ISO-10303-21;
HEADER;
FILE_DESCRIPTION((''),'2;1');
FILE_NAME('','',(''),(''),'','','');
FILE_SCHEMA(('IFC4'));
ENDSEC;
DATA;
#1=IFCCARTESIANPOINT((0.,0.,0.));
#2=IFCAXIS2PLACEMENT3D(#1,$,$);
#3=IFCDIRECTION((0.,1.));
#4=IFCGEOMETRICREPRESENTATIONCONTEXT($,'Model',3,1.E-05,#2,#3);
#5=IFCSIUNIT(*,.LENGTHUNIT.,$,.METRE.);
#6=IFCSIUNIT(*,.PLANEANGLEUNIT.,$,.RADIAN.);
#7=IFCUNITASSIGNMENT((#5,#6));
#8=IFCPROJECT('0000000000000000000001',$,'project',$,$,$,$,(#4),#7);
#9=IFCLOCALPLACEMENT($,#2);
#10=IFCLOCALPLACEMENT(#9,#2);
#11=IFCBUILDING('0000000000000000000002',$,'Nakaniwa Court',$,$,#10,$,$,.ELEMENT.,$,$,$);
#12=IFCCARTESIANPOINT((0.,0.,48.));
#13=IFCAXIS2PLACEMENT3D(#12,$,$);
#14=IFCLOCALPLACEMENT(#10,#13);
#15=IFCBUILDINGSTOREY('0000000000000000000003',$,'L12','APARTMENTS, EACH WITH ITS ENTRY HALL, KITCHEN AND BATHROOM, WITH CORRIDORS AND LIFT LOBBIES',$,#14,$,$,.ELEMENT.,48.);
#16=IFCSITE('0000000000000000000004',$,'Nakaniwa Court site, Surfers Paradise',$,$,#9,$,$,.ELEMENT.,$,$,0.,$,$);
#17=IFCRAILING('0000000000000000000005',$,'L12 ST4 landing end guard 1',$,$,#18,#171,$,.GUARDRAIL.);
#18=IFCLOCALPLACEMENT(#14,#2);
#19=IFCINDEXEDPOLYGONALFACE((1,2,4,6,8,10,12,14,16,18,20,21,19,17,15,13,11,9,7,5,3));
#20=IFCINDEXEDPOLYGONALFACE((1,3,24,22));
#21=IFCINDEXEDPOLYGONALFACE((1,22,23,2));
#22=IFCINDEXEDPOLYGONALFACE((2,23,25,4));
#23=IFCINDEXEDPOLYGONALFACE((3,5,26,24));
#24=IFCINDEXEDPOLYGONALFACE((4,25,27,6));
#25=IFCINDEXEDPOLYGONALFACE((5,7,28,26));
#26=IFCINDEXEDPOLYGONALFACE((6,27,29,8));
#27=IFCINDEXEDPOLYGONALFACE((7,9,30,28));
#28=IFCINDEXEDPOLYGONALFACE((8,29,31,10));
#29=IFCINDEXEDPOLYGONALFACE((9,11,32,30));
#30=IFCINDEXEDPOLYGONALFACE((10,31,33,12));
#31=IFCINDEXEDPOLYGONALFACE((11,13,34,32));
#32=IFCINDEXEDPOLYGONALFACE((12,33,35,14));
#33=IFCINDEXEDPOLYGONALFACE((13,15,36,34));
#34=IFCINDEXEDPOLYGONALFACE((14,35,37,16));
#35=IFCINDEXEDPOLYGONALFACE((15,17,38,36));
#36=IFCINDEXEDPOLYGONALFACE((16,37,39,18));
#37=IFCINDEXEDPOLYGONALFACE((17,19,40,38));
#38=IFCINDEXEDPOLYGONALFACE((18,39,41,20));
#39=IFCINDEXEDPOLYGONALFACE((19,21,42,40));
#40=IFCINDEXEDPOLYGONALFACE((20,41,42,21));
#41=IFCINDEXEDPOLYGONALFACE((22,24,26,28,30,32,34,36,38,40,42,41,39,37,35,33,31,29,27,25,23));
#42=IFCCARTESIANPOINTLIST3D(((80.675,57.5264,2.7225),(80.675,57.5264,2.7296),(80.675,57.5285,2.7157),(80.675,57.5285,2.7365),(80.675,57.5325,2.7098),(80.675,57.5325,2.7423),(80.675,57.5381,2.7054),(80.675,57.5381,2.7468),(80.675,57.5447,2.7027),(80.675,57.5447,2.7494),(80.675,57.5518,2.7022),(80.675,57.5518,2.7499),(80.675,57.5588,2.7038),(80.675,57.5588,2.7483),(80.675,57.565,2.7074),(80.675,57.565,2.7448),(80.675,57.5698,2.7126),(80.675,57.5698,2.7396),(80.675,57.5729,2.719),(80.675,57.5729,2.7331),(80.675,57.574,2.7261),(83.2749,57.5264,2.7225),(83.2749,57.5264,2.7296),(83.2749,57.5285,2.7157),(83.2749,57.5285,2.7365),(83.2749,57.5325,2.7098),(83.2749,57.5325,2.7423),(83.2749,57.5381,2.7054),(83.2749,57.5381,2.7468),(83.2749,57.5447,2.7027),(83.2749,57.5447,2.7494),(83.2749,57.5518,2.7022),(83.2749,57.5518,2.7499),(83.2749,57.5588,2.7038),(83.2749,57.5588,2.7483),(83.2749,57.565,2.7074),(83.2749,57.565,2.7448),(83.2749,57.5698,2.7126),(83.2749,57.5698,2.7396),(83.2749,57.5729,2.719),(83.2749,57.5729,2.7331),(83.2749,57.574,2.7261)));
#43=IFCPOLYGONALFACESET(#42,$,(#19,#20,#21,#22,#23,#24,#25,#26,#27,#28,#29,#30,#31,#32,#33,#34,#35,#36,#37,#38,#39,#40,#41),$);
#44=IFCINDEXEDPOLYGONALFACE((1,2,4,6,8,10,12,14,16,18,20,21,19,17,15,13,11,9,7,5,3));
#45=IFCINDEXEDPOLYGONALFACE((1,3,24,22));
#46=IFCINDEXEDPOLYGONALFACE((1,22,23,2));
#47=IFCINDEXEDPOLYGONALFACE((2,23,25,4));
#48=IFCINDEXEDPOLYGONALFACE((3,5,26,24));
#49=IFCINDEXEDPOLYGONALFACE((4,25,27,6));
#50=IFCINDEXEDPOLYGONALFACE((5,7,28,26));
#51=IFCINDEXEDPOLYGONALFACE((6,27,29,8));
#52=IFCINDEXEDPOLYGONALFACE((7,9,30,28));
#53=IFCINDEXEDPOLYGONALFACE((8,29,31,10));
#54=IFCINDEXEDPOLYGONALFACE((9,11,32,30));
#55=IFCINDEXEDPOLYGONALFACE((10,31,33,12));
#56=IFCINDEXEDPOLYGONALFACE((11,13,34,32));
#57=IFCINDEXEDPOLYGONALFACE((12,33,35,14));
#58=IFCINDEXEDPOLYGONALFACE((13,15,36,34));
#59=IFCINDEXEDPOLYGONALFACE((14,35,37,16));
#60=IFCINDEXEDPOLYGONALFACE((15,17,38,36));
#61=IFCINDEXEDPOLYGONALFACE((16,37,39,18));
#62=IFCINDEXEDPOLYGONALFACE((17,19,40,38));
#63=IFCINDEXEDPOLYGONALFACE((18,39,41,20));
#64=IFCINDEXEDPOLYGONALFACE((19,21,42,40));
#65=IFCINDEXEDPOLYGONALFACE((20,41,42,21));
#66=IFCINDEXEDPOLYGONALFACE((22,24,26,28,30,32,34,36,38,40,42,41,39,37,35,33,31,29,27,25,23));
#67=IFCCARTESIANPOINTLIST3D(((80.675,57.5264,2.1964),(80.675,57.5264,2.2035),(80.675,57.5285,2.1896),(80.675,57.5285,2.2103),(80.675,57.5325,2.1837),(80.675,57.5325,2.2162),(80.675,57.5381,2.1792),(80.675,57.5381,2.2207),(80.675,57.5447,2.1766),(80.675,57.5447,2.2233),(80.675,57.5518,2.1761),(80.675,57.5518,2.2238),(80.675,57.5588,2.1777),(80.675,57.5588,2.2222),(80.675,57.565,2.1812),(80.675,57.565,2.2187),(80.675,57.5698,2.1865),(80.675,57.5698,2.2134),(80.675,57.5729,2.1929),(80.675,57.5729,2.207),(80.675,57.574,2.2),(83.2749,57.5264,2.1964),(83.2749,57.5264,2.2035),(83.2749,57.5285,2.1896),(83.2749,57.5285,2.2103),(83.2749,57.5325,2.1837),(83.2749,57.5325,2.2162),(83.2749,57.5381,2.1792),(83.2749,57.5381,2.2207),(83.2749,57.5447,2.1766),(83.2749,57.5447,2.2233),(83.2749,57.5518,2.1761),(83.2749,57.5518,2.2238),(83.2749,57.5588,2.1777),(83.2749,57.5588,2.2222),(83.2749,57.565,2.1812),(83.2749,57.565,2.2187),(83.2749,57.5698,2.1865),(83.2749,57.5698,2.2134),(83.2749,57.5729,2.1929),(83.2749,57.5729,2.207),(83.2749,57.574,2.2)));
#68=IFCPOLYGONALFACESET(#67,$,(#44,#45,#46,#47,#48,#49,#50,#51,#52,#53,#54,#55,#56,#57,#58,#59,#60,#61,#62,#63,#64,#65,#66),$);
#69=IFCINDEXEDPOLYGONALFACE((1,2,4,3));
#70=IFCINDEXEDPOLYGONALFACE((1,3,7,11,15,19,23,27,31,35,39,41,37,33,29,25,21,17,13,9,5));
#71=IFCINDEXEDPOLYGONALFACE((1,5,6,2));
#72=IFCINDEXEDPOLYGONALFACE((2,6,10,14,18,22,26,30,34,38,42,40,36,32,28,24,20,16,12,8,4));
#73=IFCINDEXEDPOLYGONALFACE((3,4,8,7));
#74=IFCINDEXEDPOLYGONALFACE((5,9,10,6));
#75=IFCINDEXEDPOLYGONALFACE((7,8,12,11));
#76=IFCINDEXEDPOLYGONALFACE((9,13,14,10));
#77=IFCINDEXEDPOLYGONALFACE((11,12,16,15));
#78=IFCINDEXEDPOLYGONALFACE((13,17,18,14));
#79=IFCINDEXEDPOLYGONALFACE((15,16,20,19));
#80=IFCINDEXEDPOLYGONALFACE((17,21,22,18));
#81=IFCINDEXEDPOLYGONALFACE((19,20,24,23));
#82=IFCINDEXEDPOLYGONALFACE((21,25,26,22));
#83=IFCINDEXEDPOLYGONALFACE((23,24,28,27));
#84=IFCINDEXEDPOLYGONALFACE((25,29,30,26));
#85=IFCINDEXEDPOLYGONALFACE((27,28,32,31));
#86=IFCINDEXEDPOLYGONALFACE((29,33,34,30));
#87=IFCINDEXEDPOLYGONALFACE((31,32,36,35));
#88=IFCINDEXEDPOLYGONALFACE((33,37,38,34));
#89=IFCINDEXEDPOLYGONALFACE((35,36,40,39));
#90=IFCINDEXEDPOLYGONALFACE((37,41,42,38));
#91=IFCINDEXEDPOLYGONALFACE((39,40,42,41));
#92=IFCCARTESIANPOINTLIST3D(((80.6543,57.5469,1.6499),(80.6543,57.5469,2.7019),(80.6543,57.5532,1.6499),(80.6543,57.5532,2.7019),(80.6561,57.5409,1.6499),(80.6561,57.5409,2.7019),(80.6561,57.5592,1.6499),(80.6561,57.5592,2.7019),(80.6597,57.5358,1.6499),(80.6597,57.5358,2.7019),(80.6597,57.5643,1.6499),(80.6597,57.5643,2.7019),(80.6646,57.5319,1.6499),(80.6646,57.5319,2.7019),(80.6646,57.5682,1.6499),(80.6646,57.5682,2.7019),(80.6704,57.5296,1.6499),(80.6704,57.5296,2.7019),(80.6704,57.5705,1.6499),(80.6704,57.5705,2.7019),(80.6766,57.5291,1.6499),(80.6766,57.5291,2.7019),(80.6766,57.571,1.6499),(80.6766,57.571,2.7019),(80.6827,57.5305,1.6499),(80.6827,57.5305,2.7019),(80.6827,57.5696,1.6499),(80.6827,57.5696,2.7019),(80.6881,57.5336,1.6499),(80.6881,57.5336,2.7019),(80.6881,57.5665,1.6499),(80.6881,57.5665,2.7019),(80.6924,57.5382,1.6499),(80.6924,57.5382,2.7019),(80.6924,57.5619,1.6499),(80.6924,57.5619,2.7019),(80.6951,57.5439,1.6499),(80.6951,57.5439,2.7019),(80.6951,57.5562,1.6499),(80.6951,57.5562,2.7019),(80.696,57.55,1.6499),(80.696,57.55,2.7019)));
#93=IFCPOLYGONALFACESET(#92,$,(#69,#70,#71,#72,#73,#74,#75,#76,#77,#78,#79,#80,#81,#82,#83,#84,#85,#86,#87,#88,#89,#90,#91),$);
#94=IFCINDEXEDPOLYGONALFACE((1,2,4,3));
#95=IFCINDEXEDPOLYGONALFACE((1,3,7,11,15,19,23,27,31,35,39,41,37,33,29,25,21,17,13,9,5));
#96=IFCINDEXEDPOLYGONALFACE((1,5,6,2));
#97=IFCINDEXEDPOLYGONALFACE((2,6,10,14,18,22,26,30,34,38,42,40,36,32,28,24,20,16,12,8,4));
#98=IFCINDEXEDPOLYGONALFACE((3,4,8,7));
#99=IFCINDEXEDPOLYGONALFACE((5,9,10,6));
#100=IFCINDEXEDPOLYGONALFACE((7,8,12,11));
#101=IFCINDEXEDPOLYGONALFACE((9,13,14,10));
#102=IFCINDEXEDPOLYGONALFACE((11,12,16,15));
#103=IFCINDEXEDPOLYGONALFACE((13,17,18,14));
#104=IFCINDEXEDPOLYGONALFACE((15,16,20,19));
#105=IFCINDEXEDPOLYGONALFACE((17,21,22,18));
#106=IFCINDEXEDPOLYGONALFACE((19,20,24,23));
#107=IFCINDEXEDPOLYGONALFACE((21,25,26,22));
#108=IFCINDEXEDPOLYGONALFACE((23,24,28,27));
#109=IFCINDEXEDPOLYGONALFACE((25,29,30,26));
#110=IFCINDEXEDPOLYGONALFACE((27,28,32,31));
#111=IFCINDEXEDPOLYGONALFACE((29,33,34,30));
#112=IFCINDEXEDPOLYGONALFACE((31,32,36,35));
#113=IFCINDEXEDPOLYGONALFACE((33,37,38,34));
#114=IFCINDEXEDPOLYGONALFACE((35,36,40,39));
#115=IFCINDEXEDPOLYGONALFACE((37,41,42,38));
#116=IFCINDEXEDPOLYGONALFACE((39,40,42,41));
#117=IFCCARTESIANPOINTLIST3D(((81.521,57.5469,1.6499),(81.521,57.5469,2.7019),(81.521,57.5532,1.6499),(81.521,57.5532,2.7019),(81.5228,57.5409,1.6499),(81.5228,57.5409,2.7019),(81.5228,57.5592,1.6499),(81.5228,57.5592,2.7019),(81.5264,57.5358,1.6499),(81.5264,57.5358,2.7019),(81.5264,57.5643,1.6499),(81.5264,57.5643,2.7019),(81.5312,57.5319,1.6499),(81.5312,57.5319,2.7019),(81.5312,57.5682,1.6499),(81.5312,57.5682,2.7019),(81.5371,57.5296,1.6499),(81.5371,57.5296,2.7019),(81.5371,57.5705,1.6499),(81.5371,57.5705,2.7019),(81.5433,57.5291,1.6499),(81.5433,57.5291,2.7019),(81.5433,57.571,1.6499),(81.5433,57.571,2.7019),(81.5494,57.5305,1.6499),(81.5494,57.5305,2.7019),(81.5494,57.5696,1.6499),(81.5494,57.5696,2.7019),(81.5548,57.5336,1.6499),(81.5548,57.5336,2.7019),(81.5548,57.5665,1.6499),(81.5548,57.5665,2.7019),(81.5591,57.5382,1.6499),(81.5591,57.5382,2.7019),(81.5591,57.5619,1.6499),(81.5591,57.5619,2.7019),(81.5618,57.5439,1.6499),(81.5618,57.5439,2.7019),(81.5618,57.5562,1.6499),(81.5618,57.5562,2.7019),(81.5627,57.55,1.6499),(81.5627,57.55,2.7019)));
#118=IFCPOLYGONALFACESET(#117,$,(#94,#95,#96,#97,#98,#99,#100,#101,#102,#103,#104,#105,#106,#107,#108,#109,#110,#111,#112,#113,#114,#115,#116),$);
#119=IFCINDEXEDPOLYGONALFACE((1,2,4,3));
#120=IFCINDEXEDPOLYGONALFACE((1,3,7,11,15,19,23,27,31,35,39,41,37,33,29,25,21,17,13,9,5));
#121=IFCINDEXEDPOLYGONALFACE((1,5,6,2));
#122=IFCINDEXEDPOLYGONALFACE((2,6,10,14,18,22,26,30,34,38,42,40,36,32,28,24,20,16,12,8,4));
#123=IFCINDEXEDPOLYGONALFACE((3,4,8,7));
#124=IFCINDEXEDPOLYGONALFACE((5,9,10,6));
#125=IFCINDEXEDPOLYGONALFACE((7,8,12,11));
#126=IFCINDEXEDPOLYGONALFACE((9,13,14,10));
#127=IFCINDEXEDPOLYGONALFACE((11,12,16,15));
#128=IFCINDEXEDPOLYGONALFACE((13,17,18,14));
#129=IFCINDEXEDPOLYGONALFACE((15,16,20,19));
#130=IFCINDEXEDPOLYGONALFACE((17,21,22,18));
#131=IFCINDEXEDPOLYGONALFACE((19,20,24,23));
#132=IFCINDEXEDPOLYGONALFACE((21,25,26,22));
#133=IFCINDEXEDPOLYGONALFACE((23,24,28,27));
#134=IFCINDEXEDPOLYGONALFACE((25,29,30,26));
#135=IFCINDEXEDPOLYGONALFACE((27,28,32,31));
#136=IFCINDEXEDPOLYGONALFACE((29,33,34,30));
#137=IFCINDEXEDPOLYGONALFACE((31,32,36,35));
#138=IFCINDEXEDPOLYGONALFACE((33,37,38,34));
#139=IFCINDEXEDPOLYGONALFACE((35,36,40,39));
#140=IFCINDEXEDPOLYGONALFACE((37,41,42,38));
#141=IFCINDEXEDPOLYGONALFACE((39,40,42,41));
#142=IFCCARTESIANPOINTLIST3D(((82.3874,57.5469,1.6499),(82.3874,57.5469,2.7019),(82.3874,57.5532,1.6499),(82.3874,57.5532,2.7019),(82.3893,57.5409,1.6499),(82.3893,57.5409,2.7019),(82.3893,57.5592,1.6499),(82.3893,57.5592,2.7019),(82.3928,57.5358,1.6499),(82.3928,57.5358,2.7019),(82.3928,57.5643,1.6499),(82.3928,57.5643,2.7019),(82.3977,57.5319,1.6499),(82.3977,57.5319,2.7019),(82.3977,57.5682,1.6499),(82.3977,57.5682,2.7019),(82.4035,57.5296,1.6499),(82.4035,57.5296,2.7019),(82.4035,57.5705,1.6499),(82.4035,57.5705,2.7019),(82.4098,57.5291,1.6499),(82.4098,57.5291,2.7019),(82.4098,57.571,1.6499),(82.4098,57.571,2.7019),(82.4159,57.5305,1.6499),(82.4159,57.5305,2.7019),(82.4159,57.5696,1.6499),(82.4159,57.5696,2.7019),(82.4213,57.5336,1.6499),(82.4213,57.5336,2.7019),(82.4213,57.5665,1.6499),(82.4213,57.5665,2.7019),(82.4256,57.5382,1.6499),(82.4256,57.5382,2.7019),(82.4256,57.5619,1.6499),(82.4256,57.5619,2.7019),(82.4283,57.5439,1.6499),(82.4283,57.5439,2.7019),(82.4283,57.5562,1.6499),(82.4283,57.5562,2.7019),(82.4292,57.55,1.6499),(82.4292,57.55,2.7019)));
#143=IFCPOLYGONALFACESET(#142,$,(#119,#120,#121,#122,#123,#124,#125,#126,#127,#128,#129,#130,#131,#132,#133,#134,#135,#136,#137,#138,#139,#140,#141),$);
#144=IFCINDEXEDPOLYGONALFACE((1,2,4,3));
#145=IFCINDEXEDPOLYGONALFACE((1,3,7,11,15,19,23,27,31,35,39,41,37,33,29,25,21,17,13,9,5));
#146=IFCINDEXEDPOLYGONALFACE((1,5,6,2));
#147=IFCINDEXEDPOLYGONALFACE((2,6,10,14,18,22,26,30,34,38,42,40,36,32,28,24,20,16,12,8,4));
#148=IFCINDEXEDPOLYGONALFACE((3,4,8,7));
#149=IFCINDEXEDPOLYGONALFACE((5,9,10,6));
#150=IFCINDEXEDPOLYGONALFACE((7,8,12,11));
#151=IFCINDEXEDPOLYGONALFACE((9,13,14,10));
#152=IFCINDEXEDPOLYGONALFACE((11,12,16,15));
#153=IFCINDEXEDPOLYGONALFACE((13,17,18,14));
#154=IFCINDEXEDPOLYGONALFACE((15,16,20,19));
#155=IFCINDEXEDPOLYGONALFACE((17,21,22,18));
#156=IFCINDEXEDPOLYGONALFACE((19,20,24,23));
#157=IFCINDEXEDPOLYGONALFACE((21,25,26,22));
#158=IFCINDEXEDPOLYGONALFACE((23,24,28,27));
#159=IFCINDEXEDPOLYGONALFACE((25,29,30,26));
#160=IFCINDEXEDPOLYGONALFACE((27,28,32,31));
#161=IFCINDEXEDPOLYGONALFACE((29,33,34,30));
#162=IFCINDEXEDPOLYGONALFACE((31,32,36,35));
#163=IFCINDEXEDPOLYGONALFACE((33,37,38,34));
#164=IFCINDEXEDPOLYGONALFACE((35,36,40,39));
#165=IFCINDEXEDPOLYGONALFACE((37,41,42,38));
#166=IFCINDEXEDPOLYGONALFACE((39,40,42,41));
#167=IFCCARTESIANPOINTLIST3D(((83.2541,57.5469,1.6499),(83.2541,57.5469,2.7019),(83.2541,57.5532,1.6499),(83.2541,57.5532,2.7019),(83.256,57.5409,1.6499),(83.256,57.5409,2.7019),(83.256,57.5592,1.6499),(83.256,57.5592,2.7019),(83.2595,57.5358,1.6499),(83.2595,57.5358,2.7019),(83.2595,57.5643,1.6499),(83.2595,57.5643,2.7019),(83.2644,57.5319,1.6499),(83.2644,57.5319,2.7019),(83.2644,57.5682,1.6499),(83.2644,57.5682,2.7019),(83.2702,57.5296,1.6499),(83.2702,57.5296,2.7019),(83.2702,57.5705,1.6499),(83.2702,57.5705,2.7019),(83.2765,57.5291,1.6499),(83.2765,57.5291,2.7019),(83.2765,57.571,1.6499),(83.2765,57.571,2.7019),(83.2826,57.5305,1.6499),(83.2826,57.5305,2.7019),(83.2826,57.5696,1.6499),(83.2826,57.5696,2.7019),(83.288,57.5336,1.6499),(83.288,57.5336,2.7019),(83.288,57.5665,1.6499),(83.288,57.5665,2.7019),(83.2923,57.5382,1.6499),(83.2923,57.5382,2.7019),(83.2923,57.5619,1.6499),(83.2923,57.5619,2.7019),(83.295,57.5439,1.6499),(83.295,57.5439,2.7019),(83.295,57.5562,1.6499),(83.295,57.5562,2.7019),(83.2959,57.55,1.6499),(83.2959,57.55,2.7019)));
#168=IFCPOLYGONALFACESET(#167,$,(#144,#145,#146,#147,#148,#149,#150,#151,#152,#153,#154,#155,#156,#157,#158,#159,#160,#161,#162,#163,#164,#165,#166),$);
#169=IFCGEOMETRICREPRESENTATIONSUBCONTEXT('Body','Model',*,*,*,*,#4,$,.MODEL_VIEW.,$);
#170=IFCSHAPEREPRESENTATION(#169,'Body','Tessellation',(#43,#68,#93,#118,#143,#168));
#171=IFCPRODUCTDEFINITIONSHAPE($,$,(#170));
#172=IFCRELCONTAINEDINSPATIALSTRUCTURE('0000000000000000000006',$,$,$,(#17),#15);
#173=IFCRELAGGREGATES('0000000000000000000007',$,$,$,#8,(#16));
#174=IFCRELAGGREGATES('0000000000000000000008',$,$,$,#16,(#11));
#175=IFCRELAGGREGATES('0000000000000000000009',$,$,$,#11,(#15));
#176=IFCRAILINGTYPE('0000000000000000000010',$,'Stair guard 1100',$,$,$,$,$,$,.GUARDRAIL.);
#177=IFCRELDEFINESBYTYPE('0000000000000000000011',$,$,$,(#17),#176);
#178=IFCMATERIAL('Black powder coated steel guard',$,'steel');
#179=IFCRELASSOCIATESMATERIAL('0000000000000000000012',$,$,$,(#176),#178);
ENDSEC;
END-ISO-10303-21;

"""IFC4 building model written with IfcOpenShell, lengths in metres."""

from ifc_helpers import new_model, si_unit, direction, frame, origin, origin_2d, place, context, subcontext, project, spatial, circle, extrude, material, type_object, element, save


model = new_model("IFC4")

# Units and contexts
model_context = context("Model", 3, precision=1e-05, world=origin(), true_north=direction((0.0, 1.0)))
body_context = subcontext(model_context, "Body", "Model", "MODEL_VIEW")
ifc_project = project(units=[si_unit("LENGTHUNIT", "METRE"), si_unit("PLANEANGLEUNIT", "RADIAN")], contexts=[model_context])

# Site, building, storey
site_placement = place(None, origin())
site = spatial("IfcSite", under=ifc_project, at=site_placement, Name="Nakaniwa Court site, Surfers Paradise", CompositionType="ELEMENT", RefElevation=0.0)
building_placement = place(site_placement, origin())
building = spatial("IfcBuilding", under=site, at=building_placement, Name="Nakaniwa Court", CompositionType="ELEMENT")
storey_placement = place(building_placement, frame((0.0, 0.0, 48.0)))
storey = spatial("IfcBuildingStorey", under=building, at=storey_placement, Name="L12", Description="APARTMENTS, EACH WITH ITS ENTRY HALL, KITCHEN AND BATHROOM, WITH CORRIDORS AND LIFT LOBBIES", CompositionType="ELEMENT", Elevation=48.0)

# Railing
ifc_material_1 = material(Name="Black powder coated steel guard", Category="steel")
railing_type_1 = type_object("IfcRailingType", Name="Stair guard 1100", PredefinedType="GUARDRAIL", material=ifc_material_1)
railing_1_placement = place(storey_placement, frame((80.675, 57.55, 1.6499)))
element("IfcRailing", 1, at=railing_1_placement, inside=storey, type_object=railing_type_1, Name="L12 ST4 landing end guard 1", PredefinedType="GUARDRAIL", context=body_context, shape_type="SweptSolid", body=[
    extrude(circle(Radius=0.0239, at=origin_2d()), frame((0.0, 0.0, 1.0762), z_axis=(1.0, 0.0, 0.0), x_axis=(0.0, 1.0, 0.0)), (0.0, 0.0, 1.0), 2.5999),
    extrude(circle(Radius=0.0239, at=origin_2d()), frame((0.0, 0.0, 0.55), z_axis=(1.0, 0.0, 0.0), x_axis=(0.0, 1.0, 0.0)), (0.0, 0.0, 1.0), 2.5999),
    extrude(circle(Radius=0.021, at=origin_2d()), origin(), (0.0, 0.0, 1.0), 1.052),
    extrude(circle(Radius=0.021, at=origin_2d()), frame((0.8667, 0.0, 0.0)), (0.0, 0.0, 1.0), 1.052),
    extrude(circle(Radius=0.021, at=origin_2d()), frame((1.7332, 0.0, 0.0)), (0.0, 0.0, 1.0), 1.052),
    extrude(circle(Radius=0.021, at=origin_2d()), frame((2.5999, 0.0, 0.0)), (0.0, 0.0, 1.0), 1.052),
])

save(model, "model.ifc")
